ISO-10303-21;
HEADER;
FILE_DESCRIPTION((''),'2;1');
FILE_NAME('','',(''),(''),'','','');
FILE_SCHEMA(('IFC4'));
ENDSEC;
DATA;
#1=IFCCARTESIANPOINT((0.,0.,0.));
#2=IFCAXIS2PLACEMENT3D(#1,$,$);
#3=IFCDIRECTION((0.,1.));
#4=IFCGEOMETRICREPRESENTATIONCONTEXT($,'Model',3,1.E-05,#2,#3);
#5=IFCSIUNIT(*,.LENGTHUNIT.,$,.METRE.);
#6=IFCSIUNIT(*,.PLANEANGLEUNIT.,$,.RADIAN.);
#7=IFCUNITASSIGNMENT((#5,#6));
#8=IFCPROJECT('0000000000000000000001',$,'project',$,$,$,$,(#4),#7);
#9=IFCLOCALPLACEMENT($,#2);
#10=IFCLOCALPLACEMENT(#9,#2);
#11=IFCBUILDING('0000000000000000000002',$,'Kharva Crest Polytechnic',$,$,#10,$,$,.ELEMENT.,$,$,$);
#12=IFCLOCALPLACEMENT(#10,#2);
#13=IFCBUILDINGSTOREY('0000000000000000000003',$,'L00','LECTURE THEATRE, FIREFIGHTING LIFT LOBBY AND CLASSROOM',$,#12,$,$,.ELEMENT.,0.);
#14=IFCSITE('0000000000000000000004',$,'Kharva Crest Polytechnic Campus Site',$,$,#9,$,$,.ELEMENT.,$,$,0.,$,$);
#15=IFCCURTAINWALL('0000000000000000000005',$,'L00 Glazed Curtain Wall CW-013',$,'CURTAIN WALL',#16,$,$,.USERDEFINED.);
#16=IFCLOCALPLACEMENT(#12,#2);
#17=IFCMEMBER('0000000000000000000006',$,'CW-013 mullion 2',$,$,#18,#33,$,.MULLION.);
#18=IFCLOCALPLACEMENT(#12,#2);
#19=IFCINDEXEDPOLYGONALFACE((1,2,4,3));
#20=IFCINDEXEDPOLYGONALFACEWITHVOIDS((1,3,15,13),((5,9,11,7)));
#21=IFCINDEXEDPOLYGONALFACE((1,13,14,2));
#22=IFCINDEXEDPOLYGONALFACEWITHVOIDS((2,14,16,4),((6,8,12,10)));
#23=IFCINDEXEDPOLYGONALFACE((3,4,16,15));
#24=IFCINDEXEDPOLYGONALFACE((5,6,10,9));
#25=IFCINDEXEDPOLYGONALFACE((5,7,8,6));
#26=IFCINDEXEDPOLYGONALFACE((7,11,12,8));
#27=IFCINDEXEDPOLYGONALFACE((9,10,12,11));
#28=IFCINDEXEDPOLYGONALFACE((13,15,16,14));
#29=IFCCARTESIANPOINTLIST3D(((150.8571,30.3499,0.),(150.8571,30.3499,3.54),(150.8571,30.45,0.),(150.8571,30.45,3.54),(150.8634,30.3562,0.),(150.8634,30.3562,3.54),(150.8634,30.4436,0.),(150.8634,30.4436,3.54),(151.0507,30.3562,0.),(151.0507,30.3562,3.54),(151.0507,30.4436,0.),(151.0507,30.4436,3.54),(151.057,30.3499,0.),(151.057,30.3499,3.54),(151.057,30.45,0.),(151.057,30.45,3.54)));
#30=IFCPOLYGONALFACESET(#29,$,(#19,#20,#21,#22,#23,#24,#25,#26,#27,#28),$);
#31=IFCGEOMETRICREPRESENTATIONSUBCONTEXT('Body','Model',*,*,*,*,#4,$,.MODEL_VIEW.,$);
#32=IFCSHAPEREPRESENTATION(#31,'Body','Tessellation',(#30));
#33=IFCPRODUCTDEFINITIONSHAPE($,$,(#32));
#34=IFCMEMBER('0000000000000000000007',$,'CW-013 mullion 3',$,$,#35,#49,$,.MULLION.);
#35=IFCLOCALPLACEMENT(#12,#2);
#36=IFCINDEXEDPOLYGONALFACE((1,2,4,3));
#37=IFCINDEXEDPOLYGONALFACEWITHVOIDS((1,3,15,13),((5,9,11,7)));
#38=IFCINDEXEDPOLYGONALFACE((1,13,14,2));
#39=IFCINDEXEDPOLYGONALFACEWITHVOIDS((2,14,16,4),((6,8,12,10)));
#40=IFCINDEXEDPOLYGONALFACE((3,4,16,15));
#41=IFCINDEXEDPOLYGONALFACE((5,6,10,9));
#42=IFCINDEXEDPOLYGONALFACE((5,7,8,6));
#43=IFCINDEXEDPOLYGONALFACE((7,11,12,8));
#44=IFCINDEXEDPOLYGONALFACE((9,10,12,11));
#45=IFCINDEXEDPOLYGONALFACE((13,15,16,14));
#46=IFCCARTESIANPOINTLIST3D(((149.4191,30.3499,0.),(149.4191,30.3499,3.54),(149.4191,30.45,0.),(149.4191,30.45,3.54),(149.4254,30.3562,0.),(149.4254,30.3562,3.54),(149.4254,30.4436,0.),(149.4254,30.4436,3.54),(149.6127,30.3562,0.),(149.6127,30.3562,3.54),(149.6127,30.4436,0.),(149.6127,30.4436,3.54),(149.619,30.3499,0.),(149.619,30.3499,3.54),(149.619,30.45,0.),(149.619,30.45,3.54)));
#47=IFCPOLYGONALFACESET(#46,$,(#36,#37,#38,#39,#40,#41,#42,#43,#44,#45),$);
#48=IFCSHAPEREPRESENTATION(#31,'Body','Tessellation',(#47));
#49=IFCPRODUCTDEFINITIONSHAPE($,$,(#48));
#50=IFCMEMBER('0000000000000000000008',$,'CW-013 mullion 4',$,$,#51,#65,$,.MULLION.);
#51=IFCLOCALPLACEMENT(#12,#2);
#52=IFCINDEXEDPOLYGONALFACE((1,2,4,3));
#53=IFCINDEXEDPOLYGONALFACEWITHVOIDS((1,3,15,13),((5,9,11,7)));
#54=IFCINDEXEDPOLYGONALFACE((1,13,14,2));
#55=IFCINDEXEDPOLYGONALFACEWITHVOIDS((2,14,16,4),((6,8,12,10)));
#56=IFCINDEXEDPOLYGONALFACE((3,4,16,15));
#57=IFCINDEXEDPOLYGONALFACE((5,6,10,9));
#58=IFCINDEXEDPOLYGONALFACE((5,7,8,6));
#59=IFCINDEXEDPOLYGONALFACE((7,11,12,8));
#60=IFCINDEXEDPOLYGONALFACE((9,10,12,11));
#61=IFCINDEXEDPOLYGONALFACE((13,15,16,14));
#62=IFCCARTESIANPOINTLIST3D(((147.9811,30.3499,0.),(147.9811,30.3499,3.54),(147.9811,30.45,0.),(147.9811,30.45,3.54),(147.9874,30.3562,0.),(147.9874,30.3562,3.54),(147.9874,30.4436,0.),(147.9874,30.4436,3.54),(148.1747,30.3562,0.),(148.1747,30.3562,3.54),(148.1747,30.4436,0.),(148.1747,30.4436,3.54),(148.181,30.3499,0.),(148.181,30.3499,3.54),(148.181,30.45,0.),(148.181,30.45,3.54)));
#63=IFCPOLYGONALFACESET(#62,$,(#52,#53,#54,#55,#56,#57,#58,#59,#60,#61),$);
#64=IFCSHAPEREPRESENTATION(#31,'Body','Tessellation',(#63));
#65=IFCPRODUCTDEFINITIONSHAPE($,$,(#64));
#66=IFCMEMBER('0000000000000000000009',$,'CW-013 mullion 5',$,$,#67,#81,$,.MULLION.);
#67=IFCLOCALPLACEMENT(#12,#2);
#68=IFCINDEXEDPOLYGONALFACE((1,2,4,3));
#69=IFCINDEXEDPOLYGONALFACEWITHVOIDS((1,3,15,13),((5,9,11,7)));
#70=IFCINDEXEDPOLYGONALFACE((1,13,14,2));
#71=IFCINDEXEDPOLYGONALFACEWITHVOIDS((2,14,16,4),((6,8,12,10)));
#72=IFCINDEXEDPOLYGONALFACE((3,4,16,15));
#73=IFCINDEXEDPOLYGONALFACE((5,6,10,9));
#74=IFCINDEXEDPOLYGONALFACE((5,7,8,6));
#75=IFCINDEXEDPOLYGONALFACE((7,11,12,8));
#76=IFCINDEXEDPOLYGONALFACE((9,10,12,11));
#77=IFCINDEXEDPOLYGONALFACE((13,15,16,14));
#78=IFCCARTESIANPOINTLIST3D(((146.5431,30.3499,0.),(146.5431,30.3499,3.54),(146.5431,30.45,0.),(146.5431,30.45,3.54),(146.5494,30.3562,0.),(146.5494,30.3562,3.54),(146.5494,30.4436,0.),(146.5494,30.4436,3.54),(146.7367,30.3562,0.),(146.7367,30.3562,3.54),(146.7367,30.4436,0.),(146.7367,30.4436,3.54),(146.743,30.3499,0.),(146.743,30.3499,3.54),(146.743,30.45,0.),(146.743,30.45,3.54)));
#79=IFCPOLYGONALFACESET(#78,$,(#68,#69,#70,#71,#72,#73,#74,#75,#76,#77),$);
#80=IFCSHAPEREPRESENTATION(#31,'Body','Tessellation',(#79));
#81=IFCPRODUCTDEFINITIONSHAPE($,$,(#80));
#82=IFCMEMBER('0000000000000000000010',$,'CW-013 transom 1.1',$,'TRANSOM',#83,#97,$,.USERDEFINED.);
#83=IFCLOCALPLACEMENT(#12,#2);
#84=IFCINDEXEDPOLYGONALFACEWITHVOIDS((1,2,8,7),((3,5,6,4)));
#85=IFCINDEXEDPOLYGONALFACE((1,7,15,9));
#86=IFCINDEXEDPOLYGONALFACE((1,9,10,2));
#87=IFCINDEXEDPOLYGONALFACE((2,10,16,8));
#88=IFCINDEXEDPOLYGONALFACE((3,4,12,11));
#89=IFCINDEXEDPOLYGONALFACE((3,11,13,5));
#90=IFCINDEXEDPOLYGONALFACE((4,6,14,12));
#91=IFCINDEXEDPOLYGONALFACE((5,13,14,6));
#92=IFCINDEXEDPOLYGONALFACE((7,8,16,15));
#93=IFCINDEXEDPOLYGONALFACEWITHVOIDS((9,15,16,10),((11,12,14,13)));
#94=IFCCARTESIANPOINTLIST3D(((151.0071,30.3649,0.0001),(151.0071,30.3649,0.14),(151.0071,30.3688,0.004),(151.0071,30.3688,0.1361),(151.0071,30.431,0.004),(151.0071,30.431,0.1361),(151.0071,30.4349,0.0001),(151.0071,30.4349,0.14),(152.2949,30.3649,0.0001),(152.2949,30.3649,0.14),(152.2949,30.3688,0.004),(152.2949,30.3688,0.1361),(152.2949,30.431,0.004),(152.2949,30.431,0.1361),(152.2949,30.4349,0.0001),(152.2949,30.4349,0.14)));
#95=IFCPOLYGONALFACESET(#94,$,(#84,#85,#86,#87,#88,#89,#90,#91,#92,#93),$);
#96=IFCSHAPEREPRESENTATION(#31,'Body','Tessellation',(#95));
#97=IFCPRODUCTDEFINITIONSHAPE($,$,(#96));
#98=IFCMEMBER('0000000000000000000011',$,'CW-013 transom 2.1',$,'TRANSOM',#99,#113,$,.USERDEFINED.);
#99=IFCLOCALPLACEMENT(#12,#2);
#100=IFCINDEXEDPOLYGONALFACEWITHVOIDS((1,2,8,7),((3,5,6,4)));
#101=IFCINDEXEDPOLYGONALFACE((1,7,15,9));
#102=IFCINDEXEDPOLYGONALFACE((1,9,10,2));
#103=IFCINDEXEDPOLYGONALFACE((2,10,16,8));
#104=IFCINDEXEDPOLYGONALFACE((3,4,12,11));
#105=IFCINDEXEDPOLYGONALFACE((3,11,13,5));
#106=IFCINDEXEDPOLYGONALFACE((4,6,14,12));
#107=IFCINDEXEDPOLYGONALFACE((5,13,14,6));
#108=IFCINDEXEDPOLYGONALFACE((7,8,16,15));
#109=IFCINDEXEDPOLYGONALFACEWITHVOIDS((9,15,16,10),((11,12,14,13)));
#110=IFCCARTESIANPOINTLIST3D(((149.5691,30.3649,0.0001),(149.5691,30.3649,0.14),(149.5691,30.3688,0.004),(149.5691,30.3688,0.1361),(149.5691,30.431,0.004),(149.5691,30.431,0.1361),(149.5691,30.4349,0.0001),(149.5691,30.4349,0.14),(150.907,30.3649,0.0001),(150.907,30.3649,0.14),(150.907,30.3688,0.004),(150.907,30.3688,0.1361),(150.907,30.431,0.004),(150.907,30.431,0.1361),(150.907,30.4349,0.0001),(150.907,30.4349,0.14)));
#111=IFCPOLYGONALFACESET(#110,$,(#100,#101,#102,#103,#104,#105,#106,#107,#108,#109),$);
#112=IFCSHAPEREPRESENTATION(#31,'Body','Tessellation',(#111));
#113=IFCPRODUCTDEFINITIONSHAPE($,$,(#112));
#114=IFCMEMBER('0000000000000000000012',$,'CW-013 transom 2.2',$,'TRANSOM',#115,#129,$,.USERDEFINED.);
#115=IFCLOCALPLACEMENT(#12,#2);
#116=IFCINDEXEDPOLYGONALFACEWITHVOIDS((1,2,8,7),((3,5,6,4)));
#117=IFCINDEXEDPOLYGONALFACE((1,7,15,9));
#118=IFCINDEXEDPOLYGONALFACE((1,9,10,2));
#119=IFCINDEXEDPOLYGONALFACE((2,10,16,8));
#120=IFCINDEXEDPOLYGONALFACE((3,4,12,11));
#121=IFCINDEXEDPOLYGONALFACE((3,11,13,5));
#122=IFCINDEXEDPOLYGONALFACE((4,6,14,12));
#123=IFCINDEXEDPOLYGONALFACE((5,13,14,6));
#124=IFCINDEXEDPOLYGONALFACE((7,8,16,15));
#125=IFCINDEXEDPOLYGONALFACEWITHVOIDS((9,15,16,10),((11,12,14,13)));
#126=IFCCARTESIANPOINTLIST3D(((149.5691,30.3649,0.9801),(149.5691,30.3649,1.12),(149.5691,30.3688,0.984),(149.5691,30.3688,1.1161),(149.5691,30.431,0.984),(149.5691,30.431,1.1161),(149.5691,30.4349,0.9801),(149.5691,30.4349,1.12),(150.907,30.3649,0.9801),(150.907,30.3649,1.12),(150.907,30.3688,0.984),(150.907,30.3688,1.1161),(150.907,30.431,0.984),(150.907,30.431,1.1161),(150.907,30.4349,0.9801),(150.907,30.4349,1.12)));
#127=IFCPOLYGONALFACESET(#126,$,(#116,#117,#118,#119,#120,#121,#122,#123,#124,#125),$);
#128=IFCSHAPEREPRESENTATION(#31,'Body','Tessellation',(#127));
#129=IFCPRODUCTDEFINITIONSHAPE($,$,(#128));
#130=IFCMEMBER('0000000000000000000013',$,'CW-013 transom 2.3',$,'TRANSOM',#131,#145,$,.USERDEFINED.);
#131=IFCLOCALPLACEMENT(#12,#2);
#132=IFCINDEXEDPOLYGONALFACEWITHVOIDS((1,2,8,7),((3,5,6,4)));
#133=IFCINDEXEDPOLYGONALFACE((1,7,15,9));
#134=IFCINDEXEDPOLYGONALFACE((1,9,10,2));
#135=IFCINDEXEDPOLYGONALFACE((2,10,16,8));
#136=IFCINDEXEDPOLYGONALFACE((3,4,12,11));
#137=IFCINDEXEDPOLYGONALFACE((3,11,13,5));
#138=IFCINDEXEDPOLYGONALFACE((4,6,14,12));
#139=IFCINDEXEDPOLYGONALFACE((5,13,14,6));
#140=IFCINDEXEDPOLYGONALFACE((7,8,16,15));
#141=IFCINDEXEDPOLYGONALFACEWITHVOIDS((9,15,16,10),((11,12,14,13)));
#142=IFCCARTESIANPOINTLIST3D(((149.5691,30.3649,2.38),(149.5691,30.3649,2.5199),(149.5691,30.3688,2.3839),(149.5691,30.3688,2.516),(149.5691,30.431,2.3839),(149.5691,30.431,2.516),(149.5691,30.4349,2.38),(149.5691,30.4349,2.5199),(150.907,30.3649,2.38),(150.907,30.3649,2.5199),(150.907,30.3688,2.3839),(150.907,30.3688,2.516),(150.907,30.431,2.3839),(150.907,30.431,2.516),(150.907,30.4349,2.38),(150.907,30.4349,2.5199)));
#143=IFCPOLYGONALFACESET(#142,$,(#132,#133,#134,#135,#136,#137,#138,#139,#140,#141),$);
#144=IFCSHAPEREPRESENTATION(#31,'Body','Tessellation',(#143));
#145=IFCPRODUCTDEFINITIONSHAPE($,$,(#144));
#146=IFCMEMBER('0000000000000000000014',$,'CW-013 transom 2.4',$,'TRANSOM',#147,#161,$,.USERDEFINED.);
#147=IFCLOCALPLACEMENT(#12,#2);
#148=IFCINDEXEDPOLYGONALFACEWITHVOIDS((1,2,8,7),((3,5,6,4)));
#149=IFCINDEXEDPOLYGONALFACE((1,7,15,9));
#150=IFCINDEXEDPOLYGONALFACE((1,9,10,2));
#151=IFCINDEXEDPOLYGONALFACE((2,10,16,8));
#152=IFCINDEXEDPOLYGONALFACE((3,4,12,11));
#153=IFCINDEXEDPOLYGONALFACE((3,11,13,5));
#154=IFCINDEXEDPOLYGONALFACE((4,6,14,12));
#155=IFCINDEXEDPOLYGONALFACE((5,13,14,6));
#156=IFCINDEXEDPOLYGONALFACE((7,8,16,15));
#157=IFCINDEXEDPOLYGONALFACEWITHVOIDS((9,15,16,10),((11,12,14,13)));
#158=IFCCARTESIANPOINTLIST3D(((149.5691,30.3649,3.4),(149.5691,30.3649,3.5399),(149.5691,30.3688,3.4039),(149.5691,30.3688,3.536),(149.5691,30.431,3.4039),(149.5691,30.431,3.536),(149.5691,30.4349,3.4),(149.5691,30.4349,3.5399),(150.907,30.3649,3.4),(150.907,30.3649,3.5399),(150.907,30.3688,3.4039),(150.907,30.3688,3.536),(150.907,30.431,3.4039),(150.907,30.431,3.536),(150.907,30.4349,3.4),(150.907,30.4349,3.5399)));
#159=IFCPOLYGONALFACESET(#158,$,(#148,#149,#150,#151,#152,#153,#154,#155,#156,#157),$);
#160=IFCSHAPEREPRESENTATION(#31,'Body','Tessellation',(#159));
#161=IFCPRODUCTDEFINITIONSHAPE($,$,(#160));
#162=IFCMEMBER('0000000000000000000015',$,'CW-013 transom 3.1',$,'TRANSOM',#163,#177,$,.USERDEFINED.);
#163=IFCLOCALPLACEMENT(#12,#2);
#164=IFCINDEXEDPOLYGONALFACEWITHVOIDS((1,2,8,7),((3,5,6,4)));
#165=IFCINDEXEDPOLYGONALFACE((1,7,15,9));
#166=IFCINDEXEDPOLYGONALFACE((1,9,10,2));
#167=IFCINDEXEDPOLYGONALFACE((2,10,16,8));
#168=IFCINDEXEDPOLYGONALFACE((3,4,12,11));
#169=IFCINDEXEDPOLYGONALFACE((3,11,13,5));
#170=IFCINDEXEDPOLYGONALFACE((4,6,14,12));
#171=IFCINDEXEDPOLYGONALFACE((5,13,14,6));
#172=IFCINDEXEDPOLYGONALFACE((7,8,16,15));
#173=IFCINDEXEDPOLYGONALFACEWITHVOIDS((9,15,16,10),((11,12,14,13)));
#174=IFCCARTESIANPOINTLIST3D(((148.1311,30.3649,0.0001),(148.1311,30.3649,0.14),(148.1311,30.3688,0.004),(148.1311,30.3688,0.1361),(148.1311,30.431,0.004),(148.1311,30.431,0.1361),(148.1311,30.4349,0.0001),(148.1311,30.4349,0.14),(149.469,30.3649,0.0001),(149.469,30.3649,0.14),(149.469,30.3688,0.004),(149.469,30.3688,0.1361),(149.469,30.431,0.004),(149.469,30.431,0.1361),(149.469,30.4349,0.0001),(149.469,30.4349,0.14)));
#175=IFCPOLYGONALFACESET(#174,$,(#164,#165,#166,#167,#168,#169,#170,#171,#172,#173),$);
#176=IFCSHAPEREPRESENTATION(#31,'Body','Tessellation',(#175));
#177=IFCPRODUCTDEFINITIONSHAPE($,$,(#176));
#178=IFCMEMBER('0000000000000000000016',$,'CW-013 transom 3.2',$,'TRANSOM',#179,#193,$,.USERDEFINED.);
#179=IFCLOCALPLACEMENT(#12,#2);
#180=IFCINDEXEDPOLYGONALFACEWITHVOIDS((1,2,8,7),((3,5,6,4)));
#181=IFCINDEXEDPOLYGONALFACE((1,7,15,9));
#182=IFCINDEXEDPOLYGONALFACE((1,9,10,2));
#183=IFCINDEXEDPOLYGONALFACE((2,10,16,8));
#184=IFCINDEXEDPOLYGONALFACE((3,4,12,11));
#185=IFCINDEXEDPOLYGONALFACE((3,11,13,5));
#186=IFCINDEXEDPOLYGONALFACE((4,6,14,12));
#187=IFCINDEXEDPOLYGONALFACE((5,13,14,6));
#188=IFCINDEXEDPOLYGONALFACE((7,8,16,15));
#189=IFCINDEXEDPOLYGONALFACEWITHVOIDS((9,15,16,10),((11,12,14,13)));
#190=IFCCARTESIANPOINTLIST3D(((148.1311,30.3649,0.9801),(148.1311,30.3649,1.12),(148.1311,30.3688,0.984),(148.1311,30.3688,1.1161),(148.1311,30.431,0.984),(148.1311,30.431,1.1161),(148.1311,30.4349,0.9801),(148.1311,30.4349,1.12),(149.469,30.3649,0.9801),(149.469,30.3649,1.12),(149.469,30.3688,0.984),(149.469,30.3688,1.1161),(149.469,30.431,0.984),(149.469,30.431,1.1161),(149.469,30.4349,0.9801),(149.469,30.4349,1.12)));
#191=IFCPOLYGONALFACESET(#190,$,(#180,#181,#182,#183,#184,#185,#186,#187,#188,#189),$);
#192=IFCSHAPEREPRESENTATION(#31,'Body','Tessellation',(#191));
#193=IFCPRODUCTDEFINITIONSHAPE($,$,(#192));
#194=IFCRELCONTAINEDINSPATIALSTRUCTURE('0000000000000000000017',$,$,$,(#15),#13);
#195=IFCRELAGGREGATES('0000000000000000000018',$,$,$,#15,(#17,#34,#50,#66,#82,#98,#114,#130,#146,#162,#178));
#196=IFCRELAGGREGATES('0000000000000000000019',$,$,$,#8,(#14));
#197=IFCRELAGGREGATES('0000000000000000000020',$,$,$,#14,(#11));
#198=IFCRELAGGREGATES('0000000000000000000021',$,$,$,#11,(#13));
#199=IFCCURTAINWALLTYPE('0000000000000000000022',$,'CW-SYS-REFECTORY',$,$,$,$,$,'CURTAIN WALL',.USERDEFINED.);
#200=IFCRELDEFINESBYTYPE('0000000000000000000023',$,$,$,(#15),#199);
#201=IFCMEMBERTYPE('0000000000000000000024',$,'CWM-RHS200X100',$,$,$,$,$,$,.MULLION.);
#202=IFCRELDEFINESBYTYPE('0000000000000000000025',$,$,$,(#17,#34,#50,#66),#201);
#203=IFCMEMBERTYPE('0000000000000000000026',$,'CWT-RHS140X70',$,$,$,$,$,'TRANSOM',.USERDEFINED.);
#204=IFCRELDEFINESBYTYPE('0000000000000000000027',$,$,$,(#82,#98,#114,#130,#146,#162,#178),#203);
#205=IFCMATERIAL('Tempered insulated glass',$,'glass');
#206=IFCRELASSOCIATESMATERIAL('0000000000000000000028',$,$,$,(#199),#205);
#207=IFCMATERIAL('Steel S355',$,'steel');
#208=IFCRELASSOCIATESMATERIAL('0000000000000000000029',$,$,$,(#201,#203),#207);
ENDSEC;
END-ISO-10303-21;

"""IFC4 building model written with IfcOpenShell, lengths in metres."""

from ifc_helpers import new_model, si_unit, direction, frame, origin, origin_2d, place, context, subcontext, project, spatial, hollow_rectangle, extrude, material, material_profile, profile_set, type_object, element, aggregate, save


model = new_model("IFC4")

# Units and contexts
model_context = context("Model", 3, precision=1e-05, world=origin(), true_north=direction((0.0, 1.0)))
body_context = subcontext(model_context, "Body", "Model", "MODEL_VIEW")
ifc_project = project(units=[si_unit("LENGTHUNIT", "METRE"), si_unit("PLANEANGLEUNIT", "RADIAN")], contexts=[model_context])

# Site, building, storey
site_placement = place(None, origin())
site = spatial("IfcSite", under=ifc_project, at=site_placement, Name="Kharva Crest Polytechnic Campus Site", CompositionType="ELEMENT", RefElevation=0.0)
building_placement = place(site_placement, origin())
building = spatial("IfcBuilding", under=site, at=building_placement, Name="Kharva Crest Polytechnic", CompositionType="ELEMENT")
storey_placement = place(building_placement, origin())
storey = spatial("IfcBuildingStorey", under=building, at=storey_placement, Name="L00", Description="LECTURE THEATRE, FIREFIGHTING LIFT LOBBY AND CLASSROOM", CompositionType="ELEMENT", Elevation=0.0)

# Curtain wall, members
ifc_material_1 = material(Name="Tempered insulated glass", Category="glass")
curtain_wall_type = type_object("IfcCurtainWallType", Name="CW-SYS-REFECTORY", ElementType="CURTAIN WALL", PredefinedType="USERDEFINED", material=ifc_material_1)
curtain_wall_placement = place(storey_placement, origin())
curtain_wall = element("IfcCurtainWall", 1, at=curtain_wall_placement, inside=storey, type_object=curtain_wall_type, Name="L00 Glazed Curtain Wall CW-013", ObjectType="CURTAIN WALL", PredefinedType="USERDEFINED")
ifc_material_2 = material(Name="Steel S355", Category="steel")
ifc_material_profile_1 = material_profile(ifc_material_2, hollow_rectangle(XDim=0.1001, YDim=0.2, WallThickness=0.0063, at=origin_2d()), Name="RHS 200X100X6.3")
ifc_profile_set_1 = profile_set([ifc_material_profile_1], Name="Steel S355")
member_type_1 = type_object("IfcMemberType", Name="CWM-RHS200X100", PredefinedType="MULLION", material=ifc_profile_set_1)
member_1_placement = place(storey_placement, frame((150.957, 30.3999, 0.0), z_axis=(0.0, 0.0, 1.0), x_axis=(0.0, -1.0, 0.0)))
member_1 = element("IfcMember", 2, at=member_1_placement, type_object=member_type_1, Name="CW-013 mullion 2", PredefinedType="MULLION", context=body_context, shape_type="SweptSolid", body=[
    extrude(hollow_rectangle(XDim=0.1001, YDim=0.2, WallThickness=0.0063, at=origin_2d()), origin(), (0.0, 0.0, 1.0), 3.54),
])
member_2_placement = place(storey_placement, frame((149.519, 30.3999, 0.0), z_axis=(0.0, 0.0, 1.0), x_axis=(0.0, -1.0, 0.0)))
member_2 = element("IfcMember", 3, at=member_2_placement, type_object=member_type_1, Name="CW-013 mullion 3", PredefinedType="MULLION", context=body_context, shape_type="SweptSolid", body=[
    extrude(hollow_rectangle(XDim=0.1001, YDim=0.2, WallThickness=0.0063, at=origin_2d()), origin(), (0.0, 0.0, 1.0), 3.54),
])
member_3_placement = place(storey_placement, frame((148.0811, 30.3999, 0.0), z_axis=(0.0, 0.0, 1.0), x_axis=(0.0, -1.0, 0.0)))
member_3 = element("IfcMember", 4, at=member_3_placement, type_object=member_type_1, Name="CW-013 mullion 4", PredefinedType="MULLION", context=body_context, shape_type="SweptSolid", body=[
    extrude(hollow_rectangle(XDim=0.1001, YDim=0.2, WallThickness=0.0063, at=origin_2d()), origin(), (0.0, 0.0, 1.0), 3.54),
])
member_4_placement = place(storey_placement, frame((146.6431, 30.3999, 0.0), z_axis=(0.0, 0.0, 1.0), x_axis=(0.0, -1.0, 0.0)))
member_4 = element("IfcMember", 5, at=member_4_placement, type_object=member_type_1, Name="CW-013 mullion 5", PredefinedType="MULLION", context=body_context, shape_type="SweptSolid", body=[
    extrude(hollow_rectangle(XDim=0.1001, YDim=0.2, WallThickness=0.0063, at=origin_2d()), origin(), (0.0, 0.0, 1.0), 3.54),
])
ifc_material_profile_2 = material_profile(ifc_material_2, hollow_rectangle(XDim=0.0701, YDim=0.1399, WallThickness=0.0039, at=origin_2d()), Name="RHS 140X70X4.0")
ifc_profile_set_2 = profile_set([ifc_material_profile_2], Name="Steel S355")
member_type_2 = type_object("IfcMemberType", Name="CWT-RHS140X70", ElementType="TRANSOM", PredefinedType="USERDEFINED", material=ifc_profile_set_2)
member_5_placement = place(storey_placement, frame((152.2949, 30.3999, 0.0701), z_axis=(-1.0, 0.0, 0.0), x_axis=(0.0, -1.0, 0.0)))
member_5 = element("IfcMember", 6, at=member_5_placement, type_object=member_type_2, Name="CW-013 transom 1.1", ObjectType="TRANSOM", PredefinedType="USERDEFINED", context=body_context, shape_type="SweptSolid", body=[
    extrude(hollow_rectangle(XDim=0.0701, YDim=0.1399, WallThickness=0.0039, at=origin_2d()), origin(), (0.0, 0.0, 1.0), 1.2878),
])
member_6_placement = place(storey_placement, frame((150.907, 30.3999, 0.0701), z_axis=(-1.0, 0.0, 0.0), x_axis=(0.0, -1.0, 0.0)))
member_6 = element("IfcMember", 7, at=member_6_placement, type_object=member_type_2, Name="CW-013 transom 2.1", ObjectType="TRANSOM", PredefinedType="USERDEFINED", context=body_context, shape_type="SweptSolid", body=[
    extrude(hollow_rectangle(XDim=0.0701, YDim=0.1399, WallThickness=0.0039, at=origin_2d()), origin(), (0.0, 0.0, 1.0), 1.3379),
])
member_7_placement = place(storey_placement, frame((150.907, 30.3999, 1.05), z_axis=(-1.0, 0.0, 0.0), x_axis=(0.0, -1.0, 0.0)))
member_7 = element("IfcMember", 8, at=member_7_placement, type_object=member_type_2, Name="CW-013 transom 2.2", ObjectType="TRANSOM", PredefinedType="USERDEFINED", context=body_context, shape_type="SweptSolid", body=[
    extrude(hollow_rectangle(XDim=0.0701, YDim=0.1399, WallThickness=0.0039, at=origin_2d()), origin(), (0.0, 0.0, 1.0), 1.3379),
])
member_8_placement = place(storey_placement, frame((150.907, 30.3999, 2.45), z_axis=(-1.0, 0.0, 0.0), x_axis=(0.0, -1.0, 0.0)))
member_8 = element("IfcMember", 9, at=member_8_placement, type_object=member_type_2, Name="CW-013 transom 2.3", ObjectType="TRANSOM", PredefinedType="USERDEFINED", context=body_context, shape_type="SweptSolid", body=[
    extrude(hollow_rectangle(XDim=0.0701, YDim=0.1399, WallThickness=0.0039, at=origin_2d()), origin(), (0.0, 0.0, 1.0), 1.3379),
])
member_9_placement = place(storey_placement, frame((150.907, 30.3999, 3.47), z_axis=(-1.0, 0.0, 0.0), x_axis=(0.0, -1.0, 0.0)))
member_9 = element("IfcMember", 10, at=member_9_placement, type_object=member_type_2, Name="CW-013 transom 2.4", ObjectType="TRANSOM", PredefinedType="USERDEFINED", context=body_context, shape_type="SweptSolid", body=[
    extrude(hollow_rectangle(XDim=0.0701, YDim=0.1399, WallThickness=0.0039, at=origin_2d()), origin(), (0.0, 0.0, 1.0), 1.3379),
])
member_10_placement = place(storey_placement, frame((149.469, 30.3999, 0.0701), z_axis=(-1.0, 0.0, 0.0), x_axis=(0.0, -1.0, 0.0)))
member_10 = element("IfcMember", 11, at=member_10_placement, type_object=member_type_2, Name="CW-013 transom 3.1", ObjectType="TRANSOM", PredefinedType="USERDEFINED", context=body_context, shape_type="SweptSolid", body=[
    extrude(hollow_rectangle(XDim=0.0701, YDim=0.1399, WallThickness=0.0039, at=origin_2d()), origin(), (0.0, 0.0, 1.0), 1.3379),
])
member_11_placement = place(storey_placement, frame((149.469, 30.3999, 1.05), z_axis=(-1.0, 0.0, 0.0), x_axis=(0.0, -1.0, 0.0)))
member_11 = element("IfcMember", 12, at=member_11_placement, type_object=member_type_2, Name="CW-013 transom 3.2", ObjectType="TRANSOM", PredefinedType="USERDEFINED", context=body_context, shape_type="SweptSolid", body=[
    extrude(hollow_rectangle(XDim=0.0701, YDim=0.1399, WallThickness=0.0039, at=origin_2d()), origin(), (0.0, 0.0, 1.0), 1.3379),
])
aggregate(curtain_wall, [member_1, member_2, member_3, member_4, member_5, member_6, member_7, member_8, member_9, member_10, member_11])

save(model, "model.ifc")
